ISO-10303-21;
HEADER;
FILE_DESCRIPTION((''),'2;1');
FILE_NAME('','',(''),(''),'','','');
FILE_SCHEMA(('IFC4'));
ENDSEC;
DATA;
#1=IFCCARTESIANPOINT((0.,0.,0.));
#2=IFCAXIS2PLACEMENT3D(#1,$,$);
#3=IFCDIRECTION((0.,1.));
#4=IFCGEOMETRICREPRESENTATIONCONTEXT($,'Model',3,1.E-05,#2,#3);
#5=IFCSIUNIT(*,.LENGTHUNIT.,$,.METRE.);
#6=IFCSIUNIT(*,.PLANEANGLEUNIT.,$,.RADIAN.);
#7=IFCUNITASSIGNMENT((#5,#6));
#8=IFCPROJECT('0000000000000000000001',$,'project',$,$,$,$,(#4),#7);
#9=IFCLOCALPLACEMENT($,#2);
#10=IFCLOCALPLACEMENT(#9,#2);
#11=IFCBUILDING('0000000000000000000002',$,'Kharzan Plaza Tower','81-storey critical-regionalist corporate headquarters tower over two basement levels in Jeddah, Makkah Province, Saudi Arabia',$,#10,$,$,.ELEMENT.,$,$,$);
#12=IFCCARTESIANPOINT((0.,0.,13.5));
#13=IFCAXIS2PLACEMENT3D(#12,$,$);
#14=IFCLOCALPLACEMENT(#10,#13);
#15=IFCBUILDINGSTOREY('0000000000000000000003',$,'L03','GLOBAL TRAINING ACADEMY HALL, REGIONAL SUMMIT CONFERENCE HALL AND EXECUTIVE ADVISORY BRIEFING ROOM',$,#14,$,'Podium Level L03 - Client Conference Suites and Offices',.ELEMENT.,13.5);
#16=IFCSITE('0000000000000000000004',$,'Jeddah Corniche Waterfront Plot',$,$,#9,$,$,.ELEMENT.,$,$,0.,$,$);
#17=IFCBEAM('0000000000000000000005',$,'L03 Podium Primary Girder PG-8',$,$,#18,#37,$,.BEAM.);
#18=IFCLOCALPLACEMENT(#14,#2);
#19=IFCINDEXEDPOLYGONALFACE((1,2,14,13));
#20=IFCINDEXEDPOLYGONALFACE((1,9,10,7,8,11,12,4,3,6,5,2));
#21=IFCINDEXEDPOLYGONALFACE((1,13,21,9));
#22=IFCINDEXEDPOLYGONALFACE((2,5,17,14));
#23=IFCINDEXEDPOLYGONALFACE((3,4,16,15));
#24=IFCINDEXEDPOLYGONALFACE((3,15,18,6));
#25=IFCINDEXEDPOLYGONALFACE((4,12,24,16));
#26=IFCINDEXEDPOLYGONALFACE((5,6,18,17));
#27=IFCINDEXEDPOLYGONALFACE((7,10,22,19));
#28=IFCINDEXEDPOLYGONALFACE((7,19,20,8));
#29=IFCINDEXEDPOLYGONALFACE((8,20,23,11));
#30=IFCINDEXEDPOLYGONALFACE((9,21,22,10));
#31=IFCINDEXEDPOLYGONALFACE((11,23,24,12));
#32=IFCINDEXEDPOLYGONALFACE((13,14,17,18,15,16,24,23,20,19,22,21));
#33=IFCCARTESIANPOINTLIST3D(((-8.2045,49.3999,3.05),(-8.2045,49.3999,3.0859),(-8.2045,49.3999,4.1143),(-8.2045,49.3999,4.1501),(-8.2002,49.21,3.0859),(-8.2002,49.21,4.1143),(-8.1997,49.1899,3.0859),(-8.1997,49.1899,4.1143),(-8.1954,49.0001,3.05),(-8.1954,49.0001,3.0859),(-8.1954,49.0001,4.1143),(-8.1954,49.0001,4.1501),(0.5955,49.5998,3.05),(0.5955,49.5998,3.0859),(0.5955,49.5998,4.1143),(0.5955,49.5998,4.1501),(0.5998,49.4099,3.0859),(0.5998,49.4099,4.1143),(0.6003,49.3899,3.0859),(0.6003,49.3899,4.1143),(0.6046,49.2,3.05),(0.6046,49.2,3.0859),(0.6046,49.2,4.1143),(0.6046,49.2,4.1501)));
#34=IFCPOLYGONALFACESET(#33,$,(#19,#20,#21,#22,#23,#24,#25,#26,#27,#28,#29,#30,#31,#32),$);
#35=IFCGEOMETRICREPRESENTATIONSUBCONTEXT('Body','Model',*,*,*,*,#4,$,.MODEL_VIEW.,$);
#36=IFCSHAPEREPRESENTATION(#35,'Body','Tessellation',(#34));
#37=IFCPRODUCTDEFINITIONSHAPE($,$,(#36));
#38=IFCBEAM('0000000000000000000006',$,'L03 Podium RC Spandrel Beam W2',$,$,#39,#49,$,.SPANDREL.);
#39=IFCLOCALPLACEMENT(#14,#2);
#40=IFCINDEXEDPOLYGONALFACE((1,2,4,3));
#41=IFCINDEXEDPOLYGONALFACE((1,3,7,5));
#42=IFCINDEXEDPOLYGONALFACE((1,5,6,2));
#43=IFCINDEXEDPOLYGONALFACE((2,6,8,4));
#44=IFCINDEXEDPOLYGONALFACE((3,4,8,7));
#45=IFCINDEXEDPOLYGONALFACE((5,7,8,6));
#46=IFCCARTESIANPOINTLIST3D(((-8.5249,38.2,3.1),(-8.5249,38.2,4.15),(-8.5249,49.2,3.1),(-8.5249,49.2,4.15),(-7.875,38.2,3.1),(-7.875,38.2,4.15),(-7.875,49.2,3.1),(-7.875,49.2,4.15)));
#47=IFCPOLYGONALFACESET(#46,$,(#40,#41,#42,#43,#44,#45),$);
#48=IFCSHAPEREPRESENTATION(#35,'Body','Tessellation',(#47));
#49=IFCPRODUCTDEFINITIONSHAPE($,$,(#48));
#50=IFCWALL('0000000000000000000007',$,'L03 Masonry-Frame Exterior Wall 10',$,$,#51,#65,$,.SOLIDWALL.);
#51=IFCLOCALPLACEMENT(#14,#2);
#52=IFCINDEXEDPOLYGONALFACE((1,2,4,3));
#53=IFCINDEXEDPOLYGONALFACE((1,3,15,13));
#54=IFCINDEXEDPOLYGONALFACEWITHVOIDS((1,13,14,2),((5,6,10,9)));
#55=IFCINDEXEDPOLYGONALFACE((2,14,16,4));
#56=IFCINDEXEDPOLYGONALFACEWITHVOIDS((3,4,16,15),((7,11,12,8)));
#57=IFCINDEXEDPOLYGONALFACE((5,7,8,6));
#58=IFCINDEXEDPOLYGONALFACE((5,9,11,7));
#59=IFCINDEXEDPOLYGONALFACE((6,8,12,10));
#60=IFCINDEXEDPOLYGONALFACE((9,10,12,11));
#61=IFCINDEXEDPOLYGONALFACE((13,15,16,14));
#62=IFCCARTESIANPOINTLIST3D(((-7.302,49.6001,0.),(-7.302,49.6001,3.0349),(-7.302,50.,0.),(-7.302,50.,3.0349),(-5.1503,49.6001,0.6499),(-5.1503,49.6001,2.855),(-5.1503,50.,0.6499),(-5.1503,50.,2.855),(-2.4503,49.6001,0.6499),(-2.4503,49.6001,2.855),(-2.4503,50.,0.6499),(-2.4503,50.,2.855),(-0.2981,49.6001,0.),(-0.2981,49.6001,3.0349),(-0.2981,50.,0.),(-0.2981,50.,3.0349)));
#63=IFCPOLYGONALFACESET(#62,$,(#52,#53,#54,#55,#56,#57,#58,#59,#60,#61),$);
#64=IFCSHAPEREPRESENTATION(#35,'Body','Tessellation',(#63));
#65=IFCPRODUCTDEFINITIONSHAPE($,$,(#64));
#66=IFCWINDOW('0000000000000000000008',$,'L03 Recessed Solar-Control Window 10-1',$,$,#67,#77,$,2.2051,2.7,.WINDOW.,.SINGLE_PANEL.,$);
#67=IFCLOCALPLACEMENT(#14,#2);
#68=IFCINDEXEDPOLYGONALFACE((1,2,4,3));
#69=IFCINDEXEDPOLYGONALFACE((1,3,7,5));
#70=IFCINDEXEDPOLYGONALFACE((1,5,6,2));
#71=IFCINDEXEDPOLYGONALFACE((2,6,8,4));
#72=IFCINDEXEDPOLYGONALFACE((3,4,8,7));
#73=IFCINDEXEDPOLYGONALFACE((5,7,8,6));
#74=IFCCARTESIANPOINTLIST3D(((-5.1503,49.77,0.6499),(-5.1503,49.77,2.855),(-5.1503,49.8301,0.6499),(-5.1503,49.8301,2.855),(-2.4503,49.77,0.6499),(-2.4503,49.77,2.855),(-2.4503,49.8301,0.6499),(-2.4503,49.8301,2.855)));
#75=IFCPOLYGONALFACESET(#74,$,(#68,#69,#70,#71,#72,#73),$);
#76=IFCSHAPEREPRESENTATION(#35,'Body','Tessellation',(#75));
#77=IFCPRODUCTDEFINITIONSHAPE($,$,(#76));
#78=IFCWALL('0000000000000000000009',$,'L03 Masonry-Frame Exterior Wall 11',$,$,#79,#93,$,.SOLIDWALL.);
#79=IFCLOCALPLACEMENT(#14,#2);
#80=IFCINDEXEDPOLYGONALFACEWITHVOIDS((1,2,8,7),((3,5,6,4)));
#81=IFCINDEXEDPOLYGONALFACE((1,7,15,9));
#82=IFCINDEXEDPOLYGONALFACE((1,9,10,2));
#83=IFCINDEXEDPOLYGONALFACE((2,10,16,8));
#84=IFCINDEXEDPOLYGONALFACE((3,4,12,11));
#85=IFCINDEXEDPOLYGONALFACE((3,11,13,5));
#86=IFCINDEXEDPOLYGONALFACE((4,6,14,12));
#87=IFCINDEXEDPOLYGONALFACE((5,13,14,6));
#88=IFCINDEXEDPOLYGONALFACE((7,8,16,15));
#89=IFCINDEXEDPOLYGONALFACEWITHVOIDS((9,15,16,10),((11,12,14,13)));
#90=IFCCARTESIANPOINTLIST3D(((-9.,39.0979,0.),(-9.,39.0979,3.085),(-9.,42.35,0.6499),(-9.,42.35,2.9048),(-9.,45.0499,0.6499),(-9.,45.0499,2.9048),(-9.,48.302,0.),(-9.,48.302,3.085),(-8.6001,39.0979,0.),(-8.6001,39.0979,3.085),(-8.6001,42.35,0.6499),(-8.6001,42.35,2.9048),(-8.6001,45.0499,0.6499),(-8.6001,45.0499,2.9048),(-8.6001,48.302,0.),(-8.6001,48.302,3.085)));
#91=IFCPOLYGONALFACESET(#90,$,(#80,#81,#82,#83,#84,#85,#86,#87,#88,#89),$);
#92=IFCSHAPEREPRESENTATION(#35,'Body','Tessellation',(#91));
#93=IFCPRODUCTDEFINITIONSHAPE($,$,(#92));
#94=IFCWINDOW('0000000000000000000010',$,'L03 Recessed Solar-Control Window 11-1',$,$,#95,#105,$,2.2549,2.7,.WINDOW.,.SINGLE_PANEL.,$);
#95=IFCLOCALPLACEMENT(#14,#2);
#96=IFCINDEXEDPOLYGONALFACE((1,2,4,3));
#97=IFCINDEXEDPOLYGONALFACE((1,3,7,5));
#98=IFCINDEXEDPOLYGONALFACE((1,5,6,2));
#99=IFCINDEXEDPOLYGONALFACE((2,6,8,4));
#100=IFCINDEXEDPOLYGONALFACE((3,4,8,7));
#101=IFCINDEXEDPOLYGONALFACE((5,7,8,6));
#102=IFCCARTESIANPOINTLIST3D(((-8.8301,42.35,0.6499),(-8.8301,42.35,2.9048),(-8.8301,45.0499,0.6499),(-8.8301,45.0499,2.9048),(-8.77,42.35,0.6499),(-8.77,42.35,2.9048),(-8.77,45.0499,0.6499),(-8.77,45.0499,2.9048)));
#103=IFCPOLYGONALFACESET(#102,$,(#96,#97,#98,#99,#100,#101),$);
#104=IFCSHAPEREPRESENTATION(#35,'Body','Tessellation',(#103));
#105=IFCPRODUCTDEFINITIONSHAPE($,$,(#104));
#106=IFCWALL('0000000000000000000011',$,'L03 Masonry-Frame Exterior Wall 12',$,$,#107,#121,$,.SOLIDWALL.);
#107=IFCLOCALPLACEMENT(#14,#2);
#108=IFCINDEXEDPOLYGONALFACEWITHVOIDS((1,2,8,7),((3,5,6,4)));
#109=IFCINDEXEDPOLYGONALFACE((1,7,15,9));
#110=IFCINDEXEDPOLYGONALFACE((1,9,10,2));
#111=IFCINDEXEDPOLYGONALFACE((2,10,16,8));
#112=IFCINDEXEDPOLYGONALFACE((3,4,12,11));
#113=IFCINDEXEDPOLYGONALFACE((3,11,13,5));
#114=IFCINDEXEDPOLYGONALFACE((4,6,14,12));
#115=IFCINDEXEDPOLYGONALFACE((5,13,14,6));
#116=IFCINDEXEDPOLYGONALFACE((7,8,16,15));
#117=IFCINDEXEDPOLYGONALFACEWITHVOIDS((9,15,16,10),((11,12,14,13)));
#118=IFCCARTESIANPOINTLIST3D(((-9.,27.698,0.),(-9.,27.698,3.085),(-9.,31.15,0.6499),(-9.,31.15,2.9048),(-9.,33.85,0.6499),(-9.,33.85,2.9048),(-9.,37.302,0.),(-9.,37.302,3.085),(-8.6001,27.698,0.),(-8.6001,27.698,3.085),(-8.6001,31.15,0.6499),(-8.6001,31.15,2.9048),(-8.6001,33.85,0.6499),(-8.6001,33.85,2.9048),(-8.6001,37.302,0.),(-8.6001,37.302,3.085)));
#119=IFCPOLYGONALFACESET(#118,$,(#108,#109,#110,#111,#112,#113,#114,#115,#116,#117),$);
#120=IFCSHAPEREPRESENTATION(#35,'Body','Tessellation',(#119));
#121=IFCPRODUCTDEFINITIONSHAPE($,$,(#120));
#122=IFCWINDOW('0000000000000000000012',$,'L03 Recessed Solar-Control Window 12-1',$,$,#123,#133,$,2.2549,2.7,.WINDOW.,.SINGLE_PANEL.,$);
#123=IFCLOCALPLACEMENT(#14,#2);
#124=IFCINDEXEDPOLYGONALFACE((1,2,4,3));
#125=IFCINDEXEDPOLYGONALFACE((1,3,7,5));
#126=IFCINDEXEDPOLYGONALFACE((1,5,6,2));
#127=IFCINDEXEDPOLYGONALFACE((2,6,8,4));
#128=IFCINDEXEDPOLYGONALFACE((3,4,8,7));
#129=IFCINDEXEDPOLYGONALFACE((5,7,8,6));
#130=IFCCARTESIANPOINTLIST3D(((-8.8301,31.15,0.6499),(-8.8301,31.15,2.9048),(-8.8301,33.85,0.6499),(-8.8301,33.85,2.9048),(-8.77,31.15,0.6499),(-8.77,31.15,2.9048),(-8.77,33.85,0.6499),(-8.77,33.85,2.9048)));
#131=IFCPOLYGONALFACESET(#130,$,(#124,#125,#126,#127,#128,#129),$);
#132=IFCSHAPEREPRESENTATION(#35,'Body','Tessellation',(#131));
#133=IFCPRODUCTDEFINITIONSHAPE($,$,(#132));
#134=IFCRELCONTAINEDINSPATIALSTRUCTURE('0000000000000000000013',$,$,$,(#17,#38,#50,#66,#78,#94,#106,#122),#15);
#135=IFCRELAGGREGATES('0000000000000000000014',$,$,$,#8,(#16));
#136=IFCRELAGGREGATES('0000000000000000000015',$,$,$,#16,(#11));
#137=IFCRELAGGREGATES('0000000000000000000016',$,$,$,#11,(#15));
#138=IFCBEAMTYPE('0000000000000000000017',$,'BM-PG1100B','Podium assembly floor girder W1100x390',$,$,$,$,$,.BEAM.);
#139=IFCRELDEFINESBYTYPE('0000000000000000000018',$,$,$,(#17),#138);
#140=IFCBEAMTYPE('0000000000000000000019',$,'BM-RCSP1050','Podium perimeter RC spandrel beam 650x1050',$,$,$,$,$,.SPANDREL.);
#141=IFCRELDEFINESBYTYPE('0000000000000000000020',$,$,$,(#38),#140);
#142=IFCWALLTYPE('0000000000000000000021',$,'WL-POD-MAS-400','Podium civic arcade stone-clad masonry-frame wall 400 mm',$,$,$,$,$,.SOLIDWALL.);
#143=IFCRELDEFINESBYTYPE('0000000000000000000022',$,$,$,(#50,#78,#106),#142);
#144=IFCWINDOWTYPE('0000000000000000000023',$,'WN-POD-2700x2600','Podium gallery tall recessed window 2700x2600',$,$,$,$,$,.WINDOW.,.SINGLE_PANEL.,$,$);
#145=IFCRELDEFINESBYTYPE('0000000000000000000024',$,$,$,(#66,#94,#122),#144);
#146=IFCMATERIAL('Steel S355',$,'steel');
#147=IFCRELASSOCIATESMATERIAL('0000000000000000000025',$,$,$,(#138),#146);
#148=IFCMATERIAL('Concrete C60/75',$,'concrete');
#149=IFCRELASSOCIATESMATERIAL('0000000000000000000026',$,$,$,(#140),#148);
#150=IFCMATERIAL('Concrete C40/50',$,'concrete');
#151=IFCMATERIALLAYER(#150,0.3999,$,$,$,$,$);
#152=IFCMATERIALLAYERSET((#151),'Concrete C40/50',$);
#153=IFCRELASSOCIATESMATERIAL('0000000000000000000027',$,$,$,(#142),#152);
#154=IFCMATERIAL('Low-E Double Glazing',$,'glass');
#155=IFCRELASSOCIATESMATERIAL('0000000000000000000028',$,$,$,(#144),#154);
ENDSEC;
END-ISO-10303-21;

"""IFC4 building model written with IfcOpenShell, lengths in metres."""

from ifc_helpers import new_model, si_unit, direction, frame, frame_2d, origin, origin_2d, place, context, subcontext, project, spatial, rectangle, i_section, extrude, source, transform, mapped, material, layer, layer_set, material_profile, profile_set, type_object, element, fill, save


model = new_model("IFC4")

# Units and contexts
model_context = context("Model", 3, precision=1e-05, world=origin(), true_north=direction((0.0, 1.0)))
body_context = subcontext(model_context, "Body", "Model", "MODEL_VIEW")
ifc_project = project(units=[si_unit("LENGTHUNIT", "METRE"), si_unit("PLANEANGLEUNIT", "RADIAN")], contexts=[model_context])

# Site, building, storey
site_placement = place(None, origin())
site = spatial("IfcSite", under=ifc_project, at=site_placement, Name="Jeddah Corniche Waterfront Plot", CompositionType="ELEMENT", RefElevation=0.0)
building_placement = place(site_placement, origin())
building = spatial("IfcBuilding", under=site, at=building_placement, Name="Kharzan Plaza Tower", Description="81-storey critical-regionalist corporate headquarters tower over two basement levels in Jeddah, Makkah Province, Saudi Arabia", CompositionType="ELEMENT")
storey_placement = place(building_placement, frame((0.0, 0.0, 13.5)))
storey = spatial("IfcBuildingStorey", under=building, at=storey_placement, Name="L03", Description="GLOBAL TRAINING ACADEMY HALL, REGIONAL SUMMIT CONFERENCE HALL AND EXECUTIVE ADVISORY BRIEFING ROOM", LongName="Podium Level L03 - Client Conference Suites and Offices", CompositionType="ELEMENT", Elevation=13.5)

# Shared definitions
ifc_material_1 = material(Name="Concrete C60/75", Category="concrete")

# Beams
ifc_material_2 = material(Name="Steel S355", Category="steel")
ifc_material_profile_1 = material_profile(ifc_material_2, i_section(OverallWidth=0.3999, OverallDepth=1.1001, WebThickness=0.02, FlangeThickness=0.0359, at=origin_2d()), Name="W1100x390")
ifc_profile_set_1 = profile_set([ifc_material_profile_1], Name="Steel S355")
beam_type_1 = type_object("IfcBeamType", Name="BM-PG1100B", Description="Podium assembly floor girder W1100x390", PredefinedType="BEAM", material=ifc_profile_set_1)
shared_shape_1 = source(origin(), body_context, "Body", "SweptSolid", [
    extrude(i_section(OverallWidth=0.3999, OverallDepth=1.1001, WebThickness=0.02, FlangeThickness=0.0359, at=origin_2d()), origin(), (0.0, 0.0, 1.0), 8.8022),
])
beam_1_placement = place(storey_placement, frame((-8.2, 49.2, 3.6001), z_axis=(0.999742, 0.022716, 0.0), x_axis=(-0.022716, 0.999742, 0.0)))
element("IfcBeam", 1, at=beam_1_placement, inside=storey, type_object=beam_type_1, Name="L03 Podium Primary Girder PG-8", PredefinedType="BEAM", context=body_context, shape_type="MappedRepresentation", body=[
    mapped(shared_shape_1, transform((0.0, 0.0, 0.0), x_axis=(1.0, 0.0, 0.0), y_axis=(0.0, 1.0, 0.0), z_axis=(0.0, 0.0, 1.0))),
])
ifc_material_profile_2 = material_profile(ifc_material_1, rectangle(XDim=0.6499, YDim=1.05, at=origin_2d()), Name="RC-SP1050x650")
ifc_profile_set_2 = profile_set([ifc_material_profile_2], Name="Concrete C60/75")
beam_type_2 = type_object("IfcBeamType", Name="BM-RCSP1050", Description="Podium perimeter RC spandrel beam 650x1050", PredefinedType="SPANDREL", material=ifc_profile_set_2)
shared_shape_2 = source(origin(), body_context, "Body", "SweptSolid", [
    extrude(rectangle(XDim=0.6499, YDim=1.05, at=origin_2d()), origin(), (0.0, 0.0, 1.0), 11.0),
])
beam_2_placement = place(storey_placement, frame((-8.2, 38.2, 3.625), z_axis=(0.0, 1.0, 0.0), x_axis=(-1.0, 0.0, 0.0)))
element("IfcBeam", 2, at=beam_2_placement, inside=storey, type_object=beam_type_2, Name="L03 Podium RC Spandrel Beam W2", PredefinedType="SPANDREL", context=body_context, shape_type="MappedRepresentation", body=[
    mapped(shared_shape_2, transform((0.0, 0.0, 0.0), x_axis=(1.0, 0.0, 0.0), y_axis=(0.0, 1.0, 0.0), z_axis=(0.0, 0.0, 1.0))),
])

# Walls, openings, windows
ifc_material_3 = material(Name="Concrete C40/50", Category="concrete")
ifc_layer_1 = layer(ifc_material_3, 0.3999)
ifc_layer_set_1 = layer_set([ifc_layer_1], Name="Concrete C40/50")
wall_type_1 = type_object("IfcWallType", Name="WL-POD-MAS-400", Description="Podium civic arcade stone-clad masonry-frame wall 400 mm", PredefinedType="SOLIDWALL", material=ifc_layer_set_1)
wall_1_placement = place(storey_placement, frame((-0.2981, 49.8, 0.0), z_axis=(0.0, 0.0, 1.0), x_axis=(-1.0, 0.0, 0.0)))
wall_1 = element("IfcWall", 3, at=wall_1_placement, inside=storey, type_object=wall_type_1, Name="L03 Masonry-Frame Exterior Wall 10", PredefinedType="SOLIDWALL", context=body_context, shape_type="SweptSolid", body=[
    extrude(rectangle(XDim=7.0039, YDim=0.3999, at=frame_2d((3.502, 0.0))), origin(), (0.0, 0.0, 1.0), 3.0349),
])
opening_1_placement = place(wall_1_placement, frame((2.1521, 0.0, 0.6499)))
opening_1 = element("IfcOpeningElement", 4, at=opening_1_placement, cuts=wall_1, PredefinedType="OPENING", context=body_context, shape_type="SweptSolid", body=[
    extrude(rectangle(XDim=2.7, YDim=2.2051, at=frame_2d((1.3501, 1.1025))), frame((0.0, 0.21, 0.0), z_axis=(0.0, -1.0, 0.0), x_axis=(1.0, 0.0, 0.0)), (0.0, 0.0, 1.0), 0.4199),
])
ifc_material_4 = material(Name="Low-E Double Glazing", Category="glass")
window_type = type_object("IfcWindowType", Name="WN-POD-2700x2600", Description="Podium gallery tall recessed window 2700x2600", PartitioningType="SINGLE_PANEL", PredefinedType="WINDOW", material=ifc_material_4)
shared_shape_3 = source(origin(), body_context, "Body", "SweptSolid", [
    extrude(rectangle(XDim=2.7, YDim=2.2051, at=frame_2d((1.3501, 1.1025))), frame((0.0, 0.03, 0.0), z_axis=(0.0, -1.0, 0.0), x_axis=(1.0, 0.0, 0.0)), (0.0, 0.0, 1.0), 0.0601),
])
window_1_placement = place(opening_1_placement, origin())
window_1 = element("IfcWindow", 5, at=window_1_placement, inside=storey, type_object=window_type, Name="L03 Recessed Solar-Control Window 10-1", OverallHeight=2.2051, OverallWidth=2.7, PartitioningType="SINGLE_PANEL", PredefinedType="WINDOW", context=body_context, shape_type="MappedRepresentation", body=[
    mapped(shared_shape_3, transform((0.0, 0.0, 0.0), x_axis=(1.0, 0.0, 0.0), y_axis=(0.0, 1.0, 0.0), z_axis=(0.0, 0.0, 1.0))),
])
fill(opening_1, window_1)
wall_2_placement = place(storey_placement, frame((-8.8, 48.302, 0.0), z_axis=(0.0, 0.0, 1.0), x_axis=(0.0, -1.0, 0.0)))
wall_2 = element("IfcWall", 6, at=wall_2_placement, inside=storey, type_object=wall_type_1, Name="L03 Masonry-Frame Exterior Wall 11", PredefinedType="SOLIDWALL", context=body_context, shape_type="SweptSolid", body=[
    extrude(rectangle(XDim=9.2041, YDim=0.3999, at=frame_2d((4.6021, 0.0))), origin(), (0.0, 0.0, 1.0), 3.085),
])
opening_2_placement = place(wall_2_placement, frame((3.252, 0.0, 0.6499)))
opening_2 = element("IfcOpeningElement", 7, at=opening_2_placement, cuts=wall_2, PredefinedType="OPENING", context=body_context, shape_type="SweptSolid", body=[
    extrude(rectangle(XDim=2.7, YDim=2.2549, at=frame_2d((1.3501, 1.1274))), frame((0.0, 0.21, 0.0), z_axis=(0.0, -1.0, 0.0), x_axis=(1.0, 0.0, 0.0)), (0.0, 0.0, 1.0), 0.4199),
])
shared_shape_4 = source(origin(), body_context, "Body", "SweptSolid", [
    extrude(rectangle(XDim=2.7, YDim=2.2549, at=frame_2d((1.3501, 1.1274))), frame((0.0, 0.03, 0.0), z_axis=(0.0, -1.0, 0.0), x_axis=(1.0, 0.0, 0.0)), (0.0, 0.0, 1.0), 0.0601),
])
window_2_placement = place(opening_2_placement, origin())
window_2 = element("IfcWindow", 8, at=window_2_placement, inside=storey, type_object=window_type, Name="L03 Recessed Solar-Control Window 11-1", OverallHeight=2.2549, OverallWidth=2.7, PartitioningType="SINGLE_PANEL", PredefinedType="WINDOW", context=body_context, shape_type="MappedRepresentation", body=[
    mapped(shared_shape_4, transform((0.0, 0.0, 0.0), x_axis=(1.0, 0.0, 0.0), y_axis=(0.0, 1.0, 0.0), z_axis=(0.0, 0.0, 1.0))),
])
fill(opening_2, window_2)
wall_3_placement = place(storey_placement, frame((-8.8, 37.302, 0.0), z_axis=(0.0, 0.0, 1.0), x_axis=(0.0, -1.0, 0.0)))
wall_3 = element("IfcWall", 9, at=wall_3_placement, inside=storey, type_object=wall_type_1, Name="L03 Masonry-Frame Exterior Wall 12", PredefinedType="SOLIDWALL", context=body_context, shape_type="SweptSolid", body=[
    extrude(rectangle(XDim=9.604, YDim=0.3999, at=frame_2d((4.802, 0.0))), origin(), (0.0, 0.0, 1.0), 3.085),
])
opening_3_placement = place(wall_3_placement, frame((3.4519, 0.0, 0.6499)))
opening_3 = element("IfcOpeningElement", 10, at=opening_3_placement, cuts=wall_3, PredefinedType="OPENING", context=body_context, shape_type="SweptSolid", body=[
    extrude(rectangle(XDim=2.7, YDim=2.2549, at=frame_2d((1.3501, 1.1274))), frame((0.0, 0.21, 0.0), z_axis=(0.0, -1.0, 0.0), x_axis=(1.0, 0.0, 0.0)), (0.0, 0.0, 1.0), 0.4199),
])
window_3_placement = place(opening_3_placement, origin())
window_3 = element("IfcWindow", 11, at=window_3_placement, inside=storey, type_object=window_type, Name="L03 Recessed Solar-Control Window 12-1", OverallHeight=2.2549, OverallWidth=2.7, PartitioningType="SINGLE_PANEL", PredefinedType="WINDOW", context=body_context, shape_type="MappedRepresentation", body=[
    mapped(shared_shape_4, transform((0.0, 0.0, 0.0), x_axis=(1.0, 0.0, 0.0), y_axis=(0.0, 1.0, 0.0), z_axis=(0.0, 0.0, 1.0))),
])
fill(opening_3, window_3)

save(model, "model.ifc")
